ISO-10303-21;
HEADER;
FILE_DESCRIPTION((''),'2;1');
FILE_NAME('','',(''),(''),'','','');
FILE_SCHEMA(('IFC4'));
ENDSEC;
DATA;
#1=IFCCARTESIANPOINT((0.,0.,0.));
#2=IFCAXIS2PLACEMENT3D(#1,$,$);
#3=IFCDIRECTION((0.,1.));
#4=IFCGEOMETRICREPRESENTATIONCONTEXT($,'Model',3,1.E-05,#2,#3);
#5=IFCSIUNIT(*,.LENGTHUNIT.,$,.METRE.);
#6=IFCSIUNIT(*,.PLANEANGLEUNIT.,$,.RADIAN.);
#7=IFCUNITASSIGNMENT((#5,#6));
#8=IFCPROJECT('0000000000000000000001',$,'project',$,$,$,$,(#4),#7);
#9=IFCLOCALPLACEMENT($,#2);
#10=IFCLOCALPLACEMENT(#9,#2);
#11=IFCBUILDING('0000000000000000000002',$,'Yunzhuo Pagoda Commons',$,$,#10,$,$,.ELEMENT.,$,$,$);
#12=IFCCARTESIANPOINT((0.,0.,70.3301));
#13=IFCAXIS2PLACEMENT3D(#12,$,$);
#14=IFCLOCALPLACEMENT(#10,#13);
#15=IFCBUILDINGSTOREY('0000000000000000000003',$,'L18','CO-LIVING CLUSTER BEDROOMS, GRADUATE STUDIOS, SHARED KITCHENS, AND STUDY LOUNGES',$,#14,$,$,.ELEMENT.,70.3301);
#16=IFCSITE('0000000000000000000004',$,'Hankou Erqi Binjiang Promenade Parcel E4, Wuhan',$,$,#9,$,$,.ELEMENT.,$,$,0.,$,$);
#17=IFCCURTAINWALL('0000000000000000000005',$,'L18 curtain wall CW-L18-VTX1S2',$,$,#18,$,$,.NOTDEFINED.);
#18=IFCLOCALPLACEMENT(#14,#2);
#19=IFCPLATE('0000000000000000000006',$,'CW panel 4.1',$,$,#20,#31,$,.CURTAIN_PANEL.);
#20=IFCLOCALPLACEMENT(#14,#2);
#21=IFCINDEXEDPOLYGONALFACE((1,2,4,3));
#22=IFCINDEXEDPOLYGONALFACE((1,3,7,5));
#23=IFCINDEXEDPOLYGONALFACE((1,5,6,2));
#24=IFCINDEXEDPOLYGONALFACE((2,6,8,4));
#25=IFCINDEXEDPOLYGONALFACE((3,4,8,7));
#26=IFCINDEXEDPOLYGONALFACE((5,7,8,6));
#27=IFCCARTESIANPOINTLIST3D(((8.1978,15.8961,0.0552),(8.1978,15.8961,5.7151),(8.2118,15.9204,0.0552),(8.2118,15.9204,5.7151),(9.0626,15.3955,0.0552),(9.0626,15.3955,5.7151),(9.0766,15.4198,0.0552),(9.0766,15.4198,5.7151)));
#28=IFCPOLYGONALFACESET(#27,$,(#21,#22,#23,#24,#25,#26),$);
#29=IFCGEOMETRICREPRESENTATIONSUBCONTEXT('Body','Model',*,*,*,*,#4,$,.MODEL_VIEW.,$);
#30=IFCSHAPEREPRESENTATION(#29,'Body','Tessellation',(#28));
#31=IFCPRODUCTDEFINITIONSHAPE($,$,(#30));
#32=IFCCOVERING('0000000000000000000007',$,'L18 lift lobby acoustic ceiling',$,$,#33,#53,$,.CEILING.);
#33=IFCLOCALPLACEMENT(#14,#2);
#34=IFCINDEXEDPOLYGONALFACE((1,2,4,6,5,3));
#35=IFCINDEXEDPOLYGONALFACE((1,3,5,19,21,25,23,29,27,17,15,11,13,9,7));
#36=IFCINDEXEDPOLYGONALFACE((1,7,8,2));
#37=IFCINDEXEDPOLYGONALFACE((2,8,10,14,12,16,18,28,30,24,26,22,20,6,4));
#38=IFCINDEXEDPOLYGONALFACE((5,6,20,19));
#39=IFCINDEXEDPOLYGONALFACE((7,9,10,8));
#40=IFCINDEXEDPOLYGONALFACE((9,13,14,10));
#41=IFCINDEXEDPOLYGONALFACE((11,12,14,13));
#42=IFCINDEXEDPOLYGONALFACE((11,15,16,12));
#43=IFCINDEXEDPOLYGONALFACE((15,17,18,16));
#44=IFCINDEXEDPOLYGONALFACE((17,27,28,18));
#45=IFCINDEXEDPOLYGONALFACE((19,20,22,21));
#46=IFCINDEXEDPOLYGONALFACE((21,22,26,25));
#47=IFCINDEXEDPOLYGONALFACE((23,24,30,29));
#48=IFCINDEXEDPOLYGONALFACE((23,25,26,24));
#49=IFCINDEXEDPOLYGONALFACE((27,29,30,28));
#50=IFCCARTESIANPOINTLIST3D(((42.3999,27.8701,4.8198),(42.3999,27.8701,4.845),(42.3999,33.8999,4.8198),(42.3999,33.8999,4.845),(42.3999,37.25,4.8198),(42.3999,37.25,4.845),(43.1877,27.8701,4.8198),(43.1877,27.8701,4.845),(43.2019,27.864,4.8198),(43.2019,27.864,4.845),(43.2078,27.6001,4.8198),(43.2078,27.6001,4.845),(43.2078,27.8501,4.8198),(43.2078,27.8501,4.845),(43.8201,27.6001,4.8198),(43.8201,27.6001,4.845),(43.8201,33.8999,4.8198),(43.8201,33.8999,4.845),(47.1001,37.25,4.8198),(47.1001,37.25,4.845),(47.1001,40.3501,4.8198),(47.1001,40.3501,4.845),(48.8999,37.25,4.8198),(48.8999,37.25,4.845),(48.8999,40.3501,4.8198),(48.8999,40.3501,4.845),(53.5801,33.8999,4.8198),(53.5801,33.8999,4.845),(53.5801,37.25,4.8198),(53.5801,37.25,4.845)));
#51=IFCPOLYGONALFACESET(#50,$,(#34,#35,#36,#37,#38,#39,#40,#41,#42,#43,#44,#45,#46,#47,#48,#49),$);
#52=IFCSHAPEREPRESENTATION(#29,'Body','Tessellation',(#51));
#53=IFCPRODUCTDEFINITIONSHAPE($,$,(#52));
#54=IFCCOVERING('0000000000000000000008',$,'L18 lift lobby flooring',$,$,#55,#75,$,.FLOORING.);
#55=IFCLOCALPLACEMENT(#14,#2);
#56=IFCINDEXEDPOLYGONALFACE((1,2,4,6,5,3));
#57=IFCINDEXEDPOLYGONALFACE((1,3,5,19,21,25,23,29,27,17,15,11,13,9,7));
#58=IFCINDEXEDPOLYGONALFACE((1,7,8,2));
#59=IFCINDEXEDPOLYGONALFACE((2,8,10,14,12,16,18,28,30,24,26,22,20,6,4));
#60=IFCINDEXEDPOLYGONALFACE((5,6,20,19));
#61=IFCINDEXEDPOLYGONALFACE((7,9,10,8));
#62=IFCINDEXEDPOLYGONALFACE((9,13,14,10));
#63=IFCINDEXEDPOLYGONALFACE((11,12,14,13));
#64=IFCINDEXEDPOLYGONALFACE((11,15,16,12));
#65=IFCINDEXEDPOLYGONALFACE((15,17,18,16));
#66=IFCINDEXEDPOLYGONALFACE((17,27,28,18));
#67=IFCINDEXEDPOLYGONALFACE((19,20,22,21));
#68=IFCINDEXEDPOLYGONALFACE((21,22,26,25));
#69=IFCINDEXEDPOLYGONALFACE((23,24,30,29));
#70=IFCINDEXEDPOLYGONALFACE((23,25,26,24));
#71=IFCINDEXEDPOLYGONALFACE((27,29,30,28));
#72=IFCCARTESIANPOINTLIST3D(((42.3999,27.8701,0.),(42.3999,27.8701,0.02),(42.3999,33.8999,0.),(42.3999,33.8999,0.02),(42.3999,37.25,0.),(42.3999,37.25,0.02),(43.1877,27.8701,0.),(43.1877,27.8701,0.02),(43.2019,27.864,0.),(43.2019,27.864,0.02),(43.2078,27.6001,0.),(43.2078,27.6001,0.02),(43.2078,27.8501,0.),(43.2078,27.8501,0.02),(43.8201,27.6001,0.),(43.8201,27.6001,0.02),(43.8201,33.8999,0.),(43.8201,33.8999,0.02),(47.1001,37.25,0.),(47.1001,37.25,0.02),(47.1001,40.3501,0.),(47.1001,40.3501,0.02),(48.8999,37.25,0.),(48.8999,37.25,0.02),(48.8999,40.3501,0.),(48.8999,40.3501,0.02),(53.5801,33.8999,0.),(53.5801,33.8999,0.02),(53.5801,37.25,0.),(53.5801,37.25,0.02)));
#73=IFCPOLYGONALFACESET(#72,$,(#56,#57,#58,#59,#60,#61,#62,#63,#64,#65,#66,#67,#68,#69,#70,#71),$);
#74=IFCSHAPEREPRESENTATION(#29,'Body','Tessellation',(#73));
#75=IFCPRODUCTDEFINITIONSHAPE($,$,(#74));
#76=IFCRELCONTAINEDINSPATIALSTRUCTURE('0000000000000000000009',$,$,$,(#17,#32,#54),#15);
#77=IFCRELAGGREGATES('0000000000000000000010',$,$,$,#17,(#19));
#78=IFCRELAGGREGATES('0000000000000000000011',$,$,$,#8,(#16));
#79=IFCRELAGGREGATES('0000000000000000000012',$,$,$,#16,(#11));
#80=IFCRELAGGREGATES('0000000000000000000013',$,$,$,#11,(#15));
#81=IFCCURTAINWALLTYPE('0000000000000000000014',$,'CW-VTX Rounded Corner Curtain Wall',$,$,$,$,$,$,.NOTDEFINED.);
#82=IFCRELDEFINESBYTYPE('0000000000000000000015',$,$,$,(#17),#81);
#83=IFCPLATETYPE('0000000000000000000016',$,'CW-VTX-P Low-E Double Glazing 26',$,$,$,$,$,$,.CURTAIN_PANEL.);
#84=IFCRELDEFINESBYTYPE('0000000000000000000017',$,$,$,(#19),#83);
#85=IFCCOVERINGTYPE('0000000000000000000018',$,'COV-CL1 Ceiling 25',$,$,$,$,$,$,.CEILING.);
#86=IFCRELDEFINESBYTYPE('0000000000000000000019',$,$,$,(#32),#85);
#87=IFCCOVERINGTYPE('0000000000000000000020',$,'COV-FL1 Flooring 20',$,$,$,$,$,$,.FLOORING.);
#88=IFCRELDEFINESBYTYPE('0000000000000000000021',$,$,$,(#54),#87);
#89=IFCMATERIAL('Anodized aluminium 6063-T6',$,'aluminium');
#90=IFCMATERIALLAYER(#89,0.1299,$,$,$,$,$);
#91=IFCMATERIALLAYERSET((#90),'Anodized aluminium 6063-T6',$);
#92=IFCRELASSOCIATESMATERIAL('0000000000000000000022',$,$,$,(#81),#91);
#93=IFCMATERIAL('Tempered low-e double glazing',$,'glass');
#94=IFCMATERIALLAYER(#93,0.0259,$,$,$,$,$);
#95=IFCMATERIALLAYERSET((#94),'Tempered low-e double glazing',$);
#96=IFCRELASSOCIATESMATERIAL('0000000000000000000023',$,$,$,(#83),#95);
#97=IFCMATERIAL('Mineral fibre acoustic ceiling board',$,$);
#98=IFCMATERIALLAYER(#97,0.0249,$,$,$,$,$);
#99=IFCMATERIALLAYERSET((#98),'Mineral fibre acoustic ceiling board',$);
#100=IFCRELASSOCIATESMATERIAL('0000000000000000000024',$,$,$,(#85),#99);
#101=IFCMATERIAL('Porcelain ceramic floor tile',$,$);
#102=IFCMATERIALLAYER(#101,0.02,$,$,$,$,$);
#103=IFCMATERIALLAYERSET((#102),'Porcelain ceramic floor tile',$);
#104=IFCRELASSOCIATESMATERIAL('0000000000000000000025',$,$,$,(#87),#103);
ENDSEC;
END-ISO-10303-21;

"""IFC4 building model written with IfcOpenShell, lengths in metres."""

from ifc_helpers import new_model, si_unit, direction, frame, origin, origin_2d, place, context, subcontext, project, spatial, polyline, rectangle, outline, extrude, source, transform, mapped, material, layer, layer_set, type_object, element, aggregate, save


model = new_model("IFC4")

# Units and contexts
model_context = context("Model", 3, precision=1e-05, world=origin(), true_north=direction((0.0, 1.0)))
body_context = subcontext(model_context, "Body", "Model", "MODEL_VIEW")
ifc_project = project(units=[si_unit("LENGTHUNIT", "METRE"), si_unit("PLANEANGLEUNIT", "RADIAN")], contexts=[model_context])

# Site, building, storey
site_placement = place(None, origin())
site = spatial("IfcSite", under=ifc_project, at=site_placement, Name="Hankou Erqi Binjiang Promenade Parcel E4, Wuhan", CompositionType="ELEMENT", RefElevation=0.0)
building_placement = place(site_placement, origin())
building = spatial("IfcBuilding", under=site, at=building_placement, Name="Yunzhuo Pagoda Commons", CompositionType="ELEMENT")
storey_placement = place(building_placement, frame((0.0, 0.0, 70.3301)))
storey = spatial("IfcBuildingStorey", under=building, at=storey_placement, Name="L18", Description="CO-LIVING CLUSTER BEDROOMS, GRADUATE STUDIOS, SHARED KITCHENS, AND STUDY LOUNGES", CompositionType="ELEMENT", Elevation=70.3301)

# Curtain wall
ifc_material_1 = material(Name="Anodized aluminium 6063-T6", Category="aluminium")
ifc_layer_1 = layer(ifc_material_1, 0.1299)
ifc_layer_set_1 = layer_set([ifc_layer_1], Name="Anodized aluminium 6063-T6")
curtain_wall_type = type_object("IfcCurtainWallType", Name="CW-VTX Rounded Corner Curtain Wall", PredefinedType="NOTDEFINED", material=ifc_layer_set_1)
curtain_wall_placement = place(storey_placement, origin())
curtain_wall = element("IfcCurtainWall", 1, at=curtain_wall_placement, inside=storey, type_object=curtain_wall_type, Name="L18 curtain wall CW-L18-VTX1S2", PredefinedType="NOTDEFINED")

# Plate
ifc_material_2 = material(Name="Tempered low-e double glazing", Category="glass")
ifc_layer_2 = layer(ifc_material_2, 0.0259)
ifc_layer_set_2 = layer_set([ifc_layer_2], Name="Tempered low-e double glazing")
plate_type = type_object("IfcPlateType", Name="CW-VTX-P Low-E Double Glazing 26", PredefinedType="CURTAIN_PANEL", material=ifc_layer_set_2)
shared_shape_1 = source(origin(), body_context, "Body", "SweptSolid", [
    extrude(rectangle(XDim=0.9993, YDim=0.0281, at=origin_2d()), origin(), (0.0, 0.0, 1.0), 5.6599),
])
plate_1_placement = place(storey_placement, frame((8.6372, 15.658, 0.0552), z_axis=(0.0, 0.0, 1.0), x_axis=(0.865425, -0.501039, 0.0)))
plate_1 = element("IfcPlate", 2, at=plate_1_placement, type_object=plate_type, Name="CW panel 4.1", PredefinedType="CURTAIN_PANEL", context=body_context, shape_type="MappedRepresentation", body=[
    mapped(shared_shape_1, transform((0.0, 0.0, 0.0), scale=1.0)),
])
aggregate(curtain_wall, [plate_1])

# Coverings
ifc_material_3 = material(Name="Mineral fibre acoustic ceiling board")
ifc_layer_3 = layer(ifc_material_3, 0.0249)
ifc_layer_set_3 = layer_set([ifc_layer_3], Name="Mineral fibre acoustic ceiling board")
covering_type_1 = type_object("IfcCoveringType", Name="COV-CL1 Ceiling 25", PredefinedType="CEILING", material=ifc_layer_set_3)
covering_1_placement = place(storey_placement, frame((0.0, 0.0, 4.8198)))
element("IfcCovering", 3, at=covering_1_placement, inside=storey, type_object=covering_type_1, Name="L18 lift lobby acoustic ceiling", PredefinedType="CEILING", context=body_context, shape_type="SweptSolid", body=[
    extrude(outline(polyline([(43.2078, 27.8501), (43.2019, 27.864), (43.1877, 27.8701), (42.3999, 27.8701), (42.3999, 33.8999), (42.3999, 37.25), (47.1001, 37.25), (47.1001, 40.3501), (48.8999, 40.3501), (48.8999, 37.25), (53.5801, 37.25), (53.5801, 33.8999), (43.8201, 33.8999), (43.8201, 27.6001), (43.2078, 27.6001), (43.2078, 27.8501)])), origin(), (0.0, 0.0, 1.0), 0.0251),
])
ifc_material_4 = material(Name="Porcelain ceramic floor tile")
ifc_layer_4 = layer(ifc_material_4, 0.02)
ifc_layer_set_4 = layer_set([ifc_layer_4], Name="Porcelain ceramic floor tile")
covering_type_2 = type_object("IfcCoveringType", Name="COV-FL1 Flooring 20", PredefinedType="FLOORING", material=ifc_layer_set_4)
covering_2_placement = place(storey_placement, origin())
element("IfcCovering", 4, at=covering_2_placement, inside=storey, type_object=covering_type_2, Name="L18 lift lobby flooring", PredefinedType="FLOORING", context=body_context, shape_type="SweptSolid", body=[
    extrude(outline(polyline([(43.2078, 27.8501), (43.2019, 27.864), (43.1877, 27.8701), (42.3999, 27.8701), (42.3999, 33.8999), (42.3999, 37.25), (47.1001, 37.25), (47.1001, 40.3501), (48.8999, 40.3501), (48.8999, 37.25), (53.5801, 37.25), (53.5801, 33.8999), (43.8201, 33.8999), (43.8201, 27.6001), (43.2078, 27.6001), (43.2078, 27.8501)])), origin(), (0.0, 0.0, 1.0), 0.02),
])

save(model, "model.ifc")
